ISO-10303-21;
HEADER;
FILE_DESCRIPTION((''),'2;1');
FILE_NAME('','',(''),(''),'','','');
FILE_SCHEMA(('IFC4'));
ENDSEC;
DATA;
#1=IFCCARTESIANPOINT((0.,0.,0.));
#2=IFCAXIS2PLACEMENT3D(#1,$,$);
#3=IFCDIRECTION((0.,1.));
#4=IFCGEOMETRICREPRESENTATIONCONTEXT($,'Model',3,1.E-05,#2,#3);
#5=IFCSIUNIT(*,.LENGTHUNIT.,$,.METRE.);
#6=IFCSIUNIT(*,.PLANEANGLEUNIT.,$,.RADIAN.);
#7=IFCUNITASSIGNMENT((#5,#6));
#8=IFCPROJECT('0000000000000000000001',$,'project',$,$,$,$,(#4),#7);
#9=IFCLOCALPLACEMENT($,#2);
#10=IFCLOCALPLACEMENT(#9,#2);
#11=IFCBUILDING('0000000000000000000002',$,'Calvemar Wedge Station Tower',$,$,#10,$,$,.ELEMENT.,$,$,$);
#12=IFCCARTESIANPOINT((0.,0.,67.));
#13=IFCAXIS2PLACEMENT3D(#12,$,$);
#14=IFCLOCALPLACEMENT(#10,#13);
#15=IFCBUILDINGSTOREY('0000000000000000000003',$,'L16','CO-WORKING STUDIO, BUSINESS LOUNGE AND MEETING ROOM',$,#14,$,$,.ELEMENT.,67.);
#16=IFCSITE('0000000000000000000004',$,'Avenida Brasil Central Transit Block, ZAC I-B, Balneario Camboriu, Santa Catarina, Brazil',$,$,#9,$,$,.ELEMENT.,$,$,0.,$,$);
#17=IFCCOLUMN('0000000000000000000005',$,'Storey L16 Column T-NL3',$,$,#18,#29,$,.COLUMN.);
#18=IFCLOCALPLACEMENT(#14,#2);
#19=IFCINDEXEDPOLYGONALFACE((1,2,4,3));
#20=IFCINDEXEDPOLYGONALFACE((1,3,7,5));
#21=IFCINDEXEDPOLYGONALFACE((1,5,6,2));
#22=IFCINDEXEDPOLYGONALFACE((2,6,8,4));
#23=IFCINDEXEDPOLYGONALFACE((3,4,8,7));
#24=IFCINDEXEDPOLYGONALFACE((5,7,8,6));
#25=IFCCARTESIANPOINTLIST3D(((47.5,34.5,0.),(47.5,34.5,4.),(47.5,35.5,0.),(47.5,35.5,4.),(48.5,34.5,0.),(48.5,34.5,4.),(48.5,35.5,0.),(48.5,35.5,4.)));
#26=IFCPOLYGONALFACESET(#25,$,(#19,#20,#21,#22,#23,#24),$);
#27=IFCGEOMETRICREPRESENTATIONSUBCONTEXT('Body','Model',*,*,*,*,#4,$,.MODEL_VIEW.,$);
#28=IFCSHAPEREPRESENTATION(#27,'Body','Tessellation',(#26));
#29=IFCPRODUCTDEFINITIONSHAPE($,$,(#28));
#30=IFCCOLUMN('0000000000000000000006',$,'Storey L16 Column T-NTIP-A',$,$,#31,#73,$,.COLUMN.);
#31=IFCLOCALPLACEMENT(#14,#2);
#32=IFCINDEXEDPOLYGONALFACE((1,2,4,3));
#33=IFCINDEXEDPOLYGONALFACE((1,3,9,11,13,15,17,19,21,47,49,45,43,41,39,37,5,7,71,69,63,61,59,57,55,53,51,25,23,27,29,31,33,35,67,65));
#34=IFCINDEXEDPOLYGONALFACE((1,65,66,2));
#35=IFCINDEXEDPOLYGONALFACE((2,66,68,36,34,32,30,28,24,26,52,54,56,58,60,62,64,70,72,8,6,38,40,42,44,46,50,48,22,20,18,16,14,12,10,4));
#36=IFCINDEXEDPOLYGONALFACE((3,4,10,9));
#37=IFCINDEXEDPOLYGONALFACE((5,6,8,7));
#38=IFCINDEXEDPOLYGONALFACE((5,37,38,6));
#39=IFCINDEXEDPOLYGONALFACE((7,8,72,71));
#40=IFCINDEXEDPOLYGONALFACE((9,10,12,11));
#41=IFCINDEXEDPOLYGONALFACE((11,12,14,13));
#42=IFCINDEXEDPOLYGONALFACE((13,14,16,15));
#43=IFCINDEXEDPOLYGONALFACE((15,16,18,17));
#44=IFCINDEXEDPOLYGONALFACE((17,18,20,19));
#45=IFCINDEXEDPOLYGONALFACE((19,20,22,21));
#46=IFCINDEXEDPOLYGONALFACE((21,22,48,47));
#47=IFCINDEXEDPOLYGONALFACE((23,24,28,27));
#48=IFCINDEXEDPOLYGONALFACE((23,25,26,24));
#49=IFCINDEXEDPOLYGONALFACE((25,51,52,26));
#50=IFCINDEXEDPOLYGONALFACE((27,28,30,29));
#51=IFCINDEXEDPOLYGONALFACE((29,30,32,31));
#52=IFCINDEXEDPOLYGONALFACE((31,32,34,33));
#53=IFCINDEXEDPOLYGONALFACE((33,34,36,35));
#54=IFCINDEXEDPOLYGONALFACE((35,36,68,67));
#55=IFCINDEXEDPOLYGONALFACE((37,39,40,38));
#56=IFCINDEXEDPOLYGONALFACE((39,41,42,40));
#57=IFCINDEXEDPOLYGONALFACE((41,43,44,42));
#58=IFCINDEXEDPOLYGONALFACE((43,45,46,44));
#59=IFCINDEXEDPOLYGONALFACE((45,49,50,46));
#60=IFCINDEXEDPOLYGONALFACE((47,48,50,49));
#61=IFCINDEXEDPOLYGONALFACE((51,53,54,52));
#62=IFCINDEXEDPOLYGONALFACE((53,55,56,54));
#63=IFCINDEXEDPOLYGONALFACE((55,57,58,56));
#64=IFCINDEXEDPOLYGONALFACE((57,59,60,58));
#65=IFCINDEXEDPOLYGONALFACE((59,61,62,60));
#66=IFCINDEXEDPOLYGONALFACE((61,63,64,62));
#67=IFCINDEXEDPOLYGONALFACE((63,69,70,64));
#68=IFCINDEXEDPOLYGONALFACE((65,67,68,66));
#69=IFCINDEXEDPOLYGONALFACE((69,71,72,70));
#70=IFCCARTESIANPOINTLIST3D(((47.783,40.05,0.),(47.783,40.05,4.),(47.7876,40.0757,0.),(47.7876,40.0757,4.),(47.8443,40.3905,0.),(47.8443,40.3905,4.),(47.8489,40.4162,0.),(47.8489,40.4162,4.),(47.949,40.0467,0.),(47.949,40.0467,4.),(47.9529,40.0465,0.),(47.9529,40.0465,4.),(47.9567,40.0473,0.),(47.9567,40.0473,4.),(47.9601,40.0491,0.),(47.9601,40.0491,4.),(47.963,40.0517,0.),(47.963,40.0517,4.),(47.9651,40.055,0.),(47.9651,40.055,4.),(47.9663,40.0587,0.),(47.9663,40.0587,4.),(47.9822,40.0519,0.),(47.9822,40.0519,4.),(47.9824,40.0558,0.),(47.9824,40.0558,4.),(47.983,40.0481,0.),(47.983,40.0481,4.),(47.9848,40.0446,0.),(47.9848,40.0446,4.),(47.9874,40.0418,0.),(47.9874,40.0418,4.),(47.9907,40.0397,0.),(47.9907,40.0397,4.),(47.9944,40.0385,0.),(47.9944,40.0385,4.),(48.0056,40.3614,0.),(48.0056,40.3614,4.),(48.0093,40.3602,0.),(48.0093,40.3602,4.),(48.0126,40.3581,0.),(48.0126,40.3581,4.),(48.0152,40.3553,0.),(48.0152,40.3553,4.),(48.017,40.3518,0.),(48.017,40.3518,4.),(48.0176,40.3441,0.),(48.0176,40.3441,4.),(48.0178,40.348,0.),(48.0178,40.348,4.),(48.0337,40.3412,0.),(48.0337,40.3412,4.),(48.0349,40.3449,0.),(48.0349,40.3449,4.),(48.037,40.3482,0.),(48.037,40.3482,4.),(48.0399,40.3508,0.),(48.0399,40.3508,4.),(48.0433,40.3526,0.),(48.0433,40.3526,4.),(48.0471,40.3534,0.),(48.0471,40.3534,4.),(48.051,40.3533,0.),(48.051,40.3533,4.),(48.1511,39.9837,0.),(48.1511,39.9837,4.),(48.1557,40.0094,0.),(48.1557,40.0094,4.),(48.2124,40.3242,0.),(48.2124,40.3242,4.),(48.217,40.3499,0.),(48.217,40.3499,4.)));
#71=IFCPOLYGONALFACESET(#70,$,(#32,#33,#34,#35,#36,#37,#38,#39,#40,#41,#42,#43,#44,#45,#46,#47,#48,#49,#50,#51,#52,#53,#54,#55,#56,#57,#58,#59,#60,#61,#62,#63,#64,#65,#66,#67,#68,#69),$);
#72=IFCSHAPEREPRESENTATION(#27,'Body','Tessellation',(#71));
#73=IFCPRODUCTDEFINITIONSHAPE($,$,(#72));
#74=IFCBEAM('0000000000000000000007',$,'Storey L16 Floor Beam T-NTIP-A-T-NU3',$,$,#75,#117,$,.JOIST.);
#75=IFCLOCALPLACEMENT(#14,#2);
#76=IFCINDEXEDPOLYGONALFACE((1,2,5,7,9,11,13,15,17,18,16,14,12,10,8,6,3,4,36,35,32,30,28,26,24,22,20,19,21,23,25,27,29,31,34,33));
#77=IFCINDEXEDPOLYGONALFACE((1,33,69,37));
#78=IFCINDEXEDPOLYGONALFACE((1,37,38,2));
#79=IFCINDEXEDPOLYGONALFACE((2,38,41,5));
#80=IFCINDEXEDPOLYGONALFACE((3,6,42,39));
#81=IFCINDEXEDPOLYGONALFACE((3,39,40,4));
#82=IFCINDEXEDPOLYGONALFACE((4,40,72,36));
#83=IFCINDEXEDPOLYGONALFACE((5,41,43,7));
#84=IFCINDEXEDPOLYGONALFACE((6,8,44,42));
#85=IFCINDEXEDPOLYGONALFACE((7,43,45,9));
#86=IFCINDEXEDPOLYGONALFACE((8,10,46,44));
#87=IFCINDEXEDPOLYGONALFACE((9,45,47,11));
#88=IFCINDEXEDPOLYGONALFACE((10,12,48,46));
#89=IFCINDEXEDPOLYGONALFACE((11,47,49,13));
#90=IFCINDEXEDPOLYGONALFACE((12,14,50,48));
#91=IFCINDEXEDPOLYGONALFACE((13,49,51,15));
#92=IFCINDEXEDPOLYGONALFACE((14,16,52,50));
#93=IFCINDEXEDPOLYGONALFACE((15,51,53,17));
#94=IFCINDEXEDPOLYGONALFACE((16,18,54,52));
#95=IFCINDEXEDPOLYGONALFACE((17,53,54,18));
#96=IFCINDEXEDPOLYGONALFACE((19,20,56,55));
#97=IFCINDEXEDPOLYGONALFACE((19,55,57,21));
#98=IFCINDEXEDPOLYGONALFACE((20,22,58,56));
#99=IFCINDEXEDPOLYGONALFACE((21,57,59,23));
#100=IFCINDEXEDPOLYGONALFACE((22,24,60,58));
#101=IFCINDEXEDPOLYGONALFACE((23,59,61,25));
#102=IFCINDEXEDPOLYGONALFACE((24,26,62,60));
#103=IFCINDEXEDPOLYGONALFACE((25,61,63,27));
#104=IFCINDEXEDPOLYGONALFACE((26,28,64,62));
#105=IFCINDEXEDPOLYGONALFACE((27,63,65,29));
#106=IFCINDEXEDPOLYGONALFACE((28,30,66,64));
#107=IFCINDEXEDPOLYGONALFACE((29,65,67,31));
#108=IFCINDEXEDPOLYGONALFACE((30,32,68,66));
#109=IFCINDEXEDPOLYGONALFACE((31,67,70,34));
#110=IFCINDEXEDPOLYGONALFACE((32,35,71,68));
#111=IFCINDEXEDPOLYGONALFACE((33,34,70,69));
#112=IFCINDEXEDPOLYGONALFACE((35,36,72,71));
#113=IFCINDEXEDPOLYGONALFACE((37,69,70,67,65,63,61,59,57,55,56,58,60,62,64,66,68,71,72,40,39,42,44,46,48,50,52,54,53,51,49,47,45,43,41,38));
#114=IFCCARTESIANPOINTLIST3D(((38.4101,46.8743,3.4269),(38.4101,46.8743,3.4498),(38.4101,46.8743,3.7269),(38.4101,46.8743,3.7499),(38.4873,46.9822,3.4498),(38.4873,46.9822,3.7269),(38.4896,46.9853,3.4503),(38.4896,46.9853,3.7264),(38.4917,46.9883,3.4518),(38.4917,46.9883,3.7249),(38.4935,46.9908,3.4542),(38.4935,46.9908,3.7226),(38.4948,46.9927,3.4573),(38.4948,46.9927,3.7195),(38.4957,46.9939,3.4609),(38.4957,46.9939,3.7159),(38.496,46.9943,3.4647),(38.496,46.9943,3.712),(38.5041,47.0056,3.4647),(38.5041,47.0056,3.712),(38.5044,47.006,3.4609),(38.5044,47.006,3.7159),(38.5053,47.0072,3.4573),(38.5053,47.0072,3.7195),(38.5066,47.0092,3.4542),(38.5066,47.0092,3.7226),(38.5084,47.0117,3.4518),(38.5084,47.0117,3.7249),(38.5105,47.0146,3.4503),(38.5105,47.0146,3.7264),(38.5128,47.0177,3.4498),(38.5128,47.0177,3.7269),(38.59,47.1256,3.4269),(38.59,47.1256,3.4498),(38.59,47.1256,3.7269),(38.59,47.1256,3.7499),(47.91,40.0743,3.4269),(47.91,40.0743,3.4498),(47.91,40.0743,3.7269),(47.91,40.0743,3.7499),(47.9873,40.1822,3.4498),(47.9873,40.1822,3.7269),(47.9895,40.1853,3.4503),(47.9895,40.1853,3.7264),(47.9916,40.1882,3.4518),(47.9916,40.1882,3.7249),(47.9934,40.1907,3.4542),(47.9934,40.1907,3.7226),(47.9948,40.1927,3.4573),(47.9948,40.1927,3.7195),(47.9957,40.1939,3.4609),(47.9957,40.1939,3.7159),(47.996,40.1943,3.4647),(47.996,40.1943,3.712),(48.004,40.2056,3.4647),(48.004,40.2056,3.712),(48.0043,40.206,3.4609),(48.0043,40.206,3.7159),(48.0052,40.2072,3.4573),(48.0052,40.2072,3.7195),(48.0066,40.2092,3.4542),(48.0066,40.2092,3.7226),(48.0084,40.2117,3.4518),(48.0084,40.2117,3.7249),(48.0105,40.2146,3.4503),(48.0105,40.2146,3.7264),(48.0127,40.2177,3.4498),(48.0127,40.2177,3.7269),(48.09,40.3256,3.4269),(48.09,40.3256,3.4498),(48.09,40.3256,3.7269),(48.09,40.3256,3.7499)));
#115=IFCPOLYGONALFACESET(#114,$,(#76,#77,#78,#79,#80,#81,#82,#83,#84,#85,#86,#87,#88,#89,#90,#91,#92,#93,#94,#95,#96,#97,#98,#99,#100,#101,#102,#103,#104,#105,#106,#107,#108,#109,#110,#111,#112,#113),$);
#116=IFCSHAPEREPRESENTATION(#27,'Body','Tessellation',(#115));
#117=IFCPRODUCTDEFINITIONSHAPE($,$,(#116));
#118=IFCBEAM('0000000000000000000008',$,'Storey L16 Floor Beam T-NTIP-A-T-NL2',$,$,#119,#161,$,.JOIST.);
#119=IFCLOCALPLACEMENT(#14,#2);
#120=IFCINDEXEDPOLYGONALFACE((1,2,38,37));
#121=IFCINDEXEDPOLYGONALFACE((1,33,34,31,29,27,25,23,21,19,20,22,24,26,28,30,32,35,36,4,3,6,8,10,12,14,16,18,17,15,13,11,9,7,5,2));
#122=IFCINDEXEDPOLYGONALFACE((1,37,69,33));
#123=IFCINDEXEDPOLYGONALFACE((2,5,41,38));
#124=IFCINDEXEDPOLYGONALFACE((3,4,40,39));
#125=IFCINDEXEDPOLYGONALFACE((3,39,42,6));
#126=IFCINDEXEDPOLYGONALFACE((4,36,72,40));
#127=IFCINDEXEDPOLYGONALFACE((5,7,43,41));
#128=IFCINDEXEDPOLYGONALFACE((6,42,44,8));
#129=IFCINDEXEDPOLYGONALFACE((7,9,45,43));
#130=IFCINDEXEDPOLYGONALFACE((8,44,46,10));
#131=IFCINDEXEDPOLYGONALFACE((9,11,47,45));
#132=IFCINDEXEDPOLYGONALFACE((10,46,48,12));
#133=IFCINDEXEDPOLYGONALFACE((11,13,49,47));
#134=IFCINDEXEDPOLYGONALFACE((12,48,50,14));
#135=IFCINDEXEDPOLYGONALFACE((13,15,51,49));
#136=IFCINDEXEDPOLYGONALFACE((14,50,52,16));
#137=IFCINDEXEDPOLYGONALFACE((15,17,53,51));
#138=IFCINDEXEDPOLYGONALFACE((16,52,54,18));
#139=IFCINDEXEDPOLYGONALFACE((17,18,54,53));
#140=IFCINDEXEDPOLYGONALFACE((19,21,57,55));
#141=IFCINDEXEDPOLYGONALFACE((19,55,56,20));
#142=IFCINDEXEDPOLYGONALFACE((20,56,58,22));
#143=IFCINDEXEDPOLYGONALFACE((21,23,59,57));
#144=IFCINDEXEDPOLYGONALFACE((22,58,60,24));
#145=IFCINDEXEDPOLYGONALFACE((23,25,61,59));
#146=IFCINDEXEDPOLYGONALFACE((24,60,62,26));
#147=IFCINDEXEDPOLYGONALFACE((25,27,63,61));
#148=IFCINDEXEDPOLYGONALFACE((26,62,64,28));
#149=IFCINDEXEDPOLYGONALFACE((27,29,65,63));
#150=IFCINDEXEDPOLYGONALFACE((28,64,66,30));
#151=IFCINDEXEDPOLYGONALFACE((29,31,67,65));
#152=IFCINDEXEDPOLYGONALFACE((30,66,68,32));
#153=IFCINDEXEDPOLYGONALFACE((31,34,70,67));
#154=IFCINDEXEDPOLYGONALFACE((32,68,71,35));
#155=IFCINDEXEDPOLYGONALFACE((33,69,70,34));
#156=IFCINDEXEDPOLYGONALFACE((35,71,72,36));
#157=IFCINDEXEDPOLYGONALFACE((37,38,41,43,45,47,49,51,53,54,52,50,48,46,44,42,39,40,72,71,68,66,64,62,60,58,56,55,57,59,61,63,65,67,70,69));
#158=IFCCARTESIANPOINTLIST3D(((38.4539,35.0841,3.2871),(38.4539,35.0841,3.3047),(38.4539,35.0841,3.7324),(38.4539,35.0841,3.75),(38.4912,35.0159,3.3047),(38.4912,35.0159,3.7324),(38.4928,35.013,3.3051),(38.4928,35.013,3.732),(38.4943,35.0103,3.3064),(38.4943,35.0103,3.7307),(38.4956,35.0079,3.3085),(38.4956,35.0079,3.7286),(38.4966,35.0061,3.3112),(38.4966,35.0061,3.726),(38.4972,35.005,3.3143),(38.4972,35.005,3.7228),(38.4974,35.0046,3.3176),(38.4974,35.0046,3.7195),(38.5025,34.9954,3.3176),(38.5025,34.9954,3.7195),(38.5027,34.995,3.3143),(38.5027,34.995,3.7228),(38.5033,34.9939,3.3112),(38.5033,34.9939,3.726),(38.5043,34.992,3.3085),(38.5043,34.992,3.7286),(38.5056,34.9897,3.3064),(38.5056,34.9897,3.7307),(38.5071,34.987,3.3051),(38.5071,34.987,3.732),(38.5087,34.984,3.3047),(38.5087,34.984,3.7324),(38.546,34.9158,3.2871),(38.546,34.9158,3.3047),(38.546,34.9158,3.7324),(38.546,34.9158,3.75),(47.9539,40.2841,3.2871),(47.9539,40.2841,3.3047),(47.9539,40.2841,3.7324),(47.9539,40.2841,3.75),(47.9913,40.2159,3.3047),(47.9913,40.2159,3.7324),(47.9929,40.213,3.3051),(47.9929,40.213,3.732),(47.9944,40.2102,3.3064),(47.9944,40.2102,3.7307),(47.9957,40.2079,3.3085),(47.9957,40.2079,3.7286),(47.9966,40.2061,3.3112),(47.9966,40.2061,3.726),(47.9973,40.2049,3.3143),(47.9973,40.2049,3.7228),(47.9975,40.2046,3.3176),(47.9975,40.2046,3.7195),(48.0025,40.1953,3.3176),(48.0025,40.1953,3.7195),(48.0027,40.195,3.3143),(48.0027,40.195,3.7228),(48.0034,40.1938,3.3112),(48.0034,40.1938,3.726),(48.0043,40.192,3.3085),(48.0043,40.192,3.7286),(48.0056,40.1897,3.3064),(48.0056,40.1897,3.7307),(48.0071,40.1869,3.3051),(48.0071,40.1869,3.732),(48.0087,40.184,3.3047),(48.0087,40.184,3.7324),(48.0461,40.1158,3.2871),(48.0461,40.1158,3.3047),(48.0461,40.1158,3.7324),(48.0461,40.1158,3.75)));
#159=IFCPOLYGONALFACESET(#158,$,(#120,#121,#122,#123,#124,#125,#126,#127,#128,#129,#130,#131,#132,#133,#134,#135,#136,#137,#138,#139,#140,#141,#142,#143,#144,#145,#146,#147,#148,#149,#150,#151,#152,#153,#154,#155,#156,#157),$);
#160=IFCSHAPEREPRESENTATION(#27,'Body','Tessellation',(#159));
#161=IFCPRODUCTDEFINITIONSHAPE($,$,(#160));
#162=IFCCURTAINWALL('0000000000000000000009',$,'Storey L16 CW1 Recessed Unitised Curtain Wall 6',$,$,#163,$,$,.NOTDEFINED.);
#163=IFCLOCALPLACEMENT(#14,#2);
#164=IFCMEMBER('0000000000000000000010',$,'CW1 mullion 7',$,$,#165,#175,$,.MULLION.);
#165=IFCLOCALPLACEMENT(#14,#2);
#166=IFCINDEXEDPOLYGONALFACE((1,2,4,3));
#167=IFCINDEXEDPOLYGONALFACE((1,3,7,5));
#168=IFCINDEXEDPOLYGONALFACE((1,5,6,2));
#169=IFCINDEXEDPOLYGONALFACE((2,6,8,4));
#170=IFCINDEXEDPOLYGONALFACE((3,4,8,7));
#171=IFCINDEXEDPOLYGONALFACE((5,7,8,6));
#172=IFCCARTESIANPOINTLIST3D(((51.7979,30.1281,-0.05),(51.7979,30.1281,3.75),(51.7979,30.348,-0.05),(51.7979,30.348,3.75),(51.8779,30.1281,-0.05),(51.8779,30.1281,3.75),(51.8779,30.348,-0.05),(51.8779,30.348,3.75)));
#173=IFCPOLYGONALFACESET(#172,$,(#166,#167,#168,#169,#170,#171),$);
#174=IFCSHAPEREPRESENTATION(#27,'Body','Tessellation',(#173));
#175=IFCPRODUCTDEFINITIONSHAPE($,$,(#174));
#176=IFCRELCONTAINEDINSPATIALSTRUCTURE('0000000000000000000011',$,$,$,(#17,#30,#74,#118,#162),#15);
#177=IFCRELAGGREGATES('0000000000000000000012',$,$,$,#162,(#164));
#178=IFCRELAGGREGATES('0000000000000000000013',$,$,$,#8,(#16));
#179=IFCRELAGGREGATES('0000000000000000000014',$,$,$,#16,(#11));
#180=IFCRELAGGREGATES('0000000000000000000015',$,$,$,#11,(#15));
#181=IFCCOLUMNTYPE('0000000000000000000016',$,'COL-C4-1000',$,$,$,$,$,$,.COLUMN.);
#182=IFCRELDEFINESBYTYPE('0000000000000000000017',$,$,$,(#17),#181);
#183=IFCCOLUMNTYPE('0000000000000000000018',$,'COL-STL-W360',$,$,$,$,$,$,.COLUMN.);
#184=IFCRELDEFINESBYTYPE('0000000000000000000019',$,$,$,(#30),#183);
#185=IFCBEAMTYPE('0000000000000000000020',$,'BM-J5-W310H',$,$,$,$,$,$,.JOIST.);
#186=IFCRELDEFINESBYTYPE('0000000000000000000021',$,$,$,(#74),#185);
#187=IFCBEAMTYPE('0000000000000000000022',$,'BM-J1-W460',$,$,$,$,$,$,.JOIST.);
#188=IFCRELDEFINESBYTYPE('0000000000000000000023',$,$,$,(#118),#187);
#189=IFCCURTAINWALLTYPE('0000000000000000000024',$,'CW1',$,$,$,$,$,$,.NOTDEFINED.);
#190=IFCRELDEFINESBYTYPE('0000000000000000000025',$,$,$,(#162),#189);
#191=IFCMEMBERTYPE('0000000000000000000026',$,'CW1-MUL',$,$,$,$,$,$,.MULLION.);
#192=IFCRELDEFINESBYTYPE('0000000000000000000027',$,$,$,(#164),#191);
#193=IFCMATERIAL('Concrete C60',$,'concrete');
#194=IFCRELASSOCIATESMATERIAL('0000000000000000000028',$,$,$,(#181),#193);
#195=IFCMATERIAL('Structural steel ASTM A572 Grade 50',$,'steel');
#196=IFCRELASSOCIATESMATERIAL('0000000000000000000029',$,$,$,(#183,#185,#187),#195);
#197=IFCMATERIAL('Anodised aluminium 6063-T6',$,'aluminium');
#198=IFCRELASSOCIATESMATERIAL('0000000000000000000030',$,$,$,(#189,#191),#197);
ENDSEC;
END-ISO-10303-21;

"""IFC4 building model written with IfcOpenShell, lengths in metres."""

from ifc_helpers import new_model, si_unit, direction, frame, origin, origin_2d, place, context, subcontext, project, spatial, rectangle, i_section, extrude, source, transform, mapped, material, material_profile, profile_set, type_object, element, aggregate, save


model = new_model("IFC4")

# Units and contexts
model_context = context("Model", 3, precision=1e-05, world=origin(), true_north=direction((0.0, 1.0)))
body_context = subcontext(model_context, "Body", "Model", "MODEL_VIEW")
ifc_project = project(units=[si_unit("LENGTHUNIT", "METRE"), si_unit("PLANEANGLEUNIT", "RADIAN")], contexts=[model_context])

# Site, building, storey
site_placement = place(None, origin())
site = spatial("IfcSite", under=ifc_project, at=site_placement, Name="Avenida Brasil Central Transit Block, ZAC I-B, Balneario Camboriu, Santa Catarina, Brazil", CompositionType="ELEMENT", RefElevation=0.0)
building_placement = place(site_placement, origin())
building = spatial("IfcBuilding", under=site, at=building_placement, Name="Calvemar Wedge Station Tower", CompositionType="ELEMENT")
storey_placement = place(building_placement, frame((0.0, 0.0, 67.0)))
storey = spatial("IfcBuildingStorey", under=building, at=storey_placement, Name="L16", Description="CO-WORKING STUDIO, BUSINESS LOUNGE AND MEETING ROOM", CompositionType="ELEMENT", Elevation=67.0)

# Columns
ifc_material_1 = material(Name="Concrete C60", Category="concrete")
ifc_material_profile_1 = material_profile(ifc_material_1, rectangle(XDim=1.0, YDim=1.0, at=origin_2d()), Name="RC1000x1000")
ifc_profile_set_1 = profile_set([ifc_material_profile_1], Name="Concrete C60")
column_type_1 = type_object("IfcColumnType", Name="COL-C4-1000", PredefinedType="COLUMN", material=ifc_profile_set_1)
shared_shape_1 = source(origin(), body_context, "Body", "SweptSolid", [
    extrude(rectangle(XDim=1.0, YDim=1.0, at=origin_2d()), origin(), (0.0, 0.0, 1.0), 4.0),
])
column_1_placement = place(storey_placement, frame((48.0, 35.0, 0.0), z_axis=(0.0, 0.0, 1.0), x_axis=(1.0, 0.0, 0.0)))
element("IfcColumn", 1, at=column_1_placement, inside=storey, type_object=column_type_1, Name="Storey L16 Column T-NL3", PredefinedType="COLUMN", context=body_context, shape_type="MappedRepresentation", body=[
    mapped(shared_shape_1, transform((0.0, 0.0, 0.0), scale=1.0)),
])
ifc_material_2 = material(Name="Structural steel ASTM A572 Grade 50", Category="steel")
ifc_material_profile_2 = material_profile(ifc_material_2, i_section(OverallWidth=0.374, OverallDepth=0.3721, WebThickness=0.0164, FlangeThickness=0.0261, FilletRadius=0.0149, at=origin_2d()), Name="W360x196")
ifc_profile_set_2 = profile_set([ifc_material_profile_2], Name="Structural steel ASTM A572 Grade 50")
column_type_2 = type_object("IfcColumnType", Name="COL-STL-W360", PredefinedType="COLUMN", material=ifc_profile_set_2)
shared_shape_2 = source(origin(), body_context, "Body", "SweptSolid", [
    extrude(i_section(OverallWidth=0.374, OverallDepth=0.3721, WebThickness=0.0164, FlangeThickness=0.0261, FilletRadius=0.0149, at=origin_2d()), origin(), (0.0, 0.0, 1.0), 4.0),
])
column_2_placement = place(storey_placement, frame((48.0, 40.2, 0.0), z_axis=(0.0, 0.0, 1.0), x_axis=(0.984196, -0.177085, 0.0)))
element("IfcColumn", 2, at=column_2_placement, inside=storey, type_object=column_type_2, Name="Storey L16 Column T-NTIP-A", PredefinedType="COLUMN", context=body_context, shape_type="MappedRepresentation", body=[
    mapped(shared_shape_2, transform((0.0, 0.0, 0.0), scale=1.0)),
])

# Beams
ifc_material_profile_3 = material_profile(ifc_material_2, i_section(OverallWidth=0.3091, OverallDepth=0.323, WebThickness=0.0139, FlangeThickness=0.0229, FilletRadius=0.0149, at=origin_2d()), Name="W310x143")
ifc_profile_set_3 = profile_set([ifc_material_profile_3], Name="Structural steel ASTM A572 Grade 50")
beam_type_1 = type_object("IfcBeamType", Name="BM-J5-W310H", PredefinedType="JOIST", material=ifc_profile_set_3)
shared_shape_3 = source(origin(), body_context, "Body", "SweptSolid", [
    extrude(i_section(OverallWidth=0.3091, OverallDepth=0.323, WebThickness=0.0139, FlangeThickness=0.0229, FilletRadius=0.0149, at=origin_2d()), origin(), (0.0, 0.0, 1.0), 11.6829),
])
beam_1_placement = place(storey_placement, frame((48.0, 40.2, 3.5884), z_axis=(-0.813153, 0.58205, 0.0), x_axis=(-0.58205, -0.813153, 0.0)))
element("IfcBeam", 3, at=beam_1_placement, inside=storey, type_object=beam_type_1, Name="Storey L16 Floor Beam T-NTIP-A-T-NU3", PredefinedType="JOIST", context=body_context, shape_type="MappedRepresentation", body=[
    mapped(shared_shape_3, transform((0.0, 0.0, 0.0), scale=1.0)),
])
ifc_material_profile_4 = material_profile(ifc_material_2, i_section(OverallWidth=0.1919, OverallDepth=0.4629, WebThickness=0.0105, FlangeThickness=0.0176, FilletRadius=0.0129, at=origin_2d()), Name="W460x89")
ifc_profile_set_4 = profile_set([ifc_material_profile_4], Name="Structural steel ASTM A572 Grade 50")
beam_type_2 = type_object("IfcBeamType", Name="BM-J1-W460", PredefinedType="JOIST", material=ifc_profile_set_4)
shared_shape_4 = source(origin(), body_context, "Body", "SweptSolid", [
    extrude(i_section(OverallWidth=0.1919, OverallDepth=0.4629, WebThickness=0.0105, FlangeThickness=0.0176, FilletRadius=0.0129, at=origin_2d()), origin(), (0.0, 0.0, 1.0), 10.8301),
])
beam_2_placement = place(storey_placement, frame((48.0, 40.2, 3.5186), z_axis=(-0.877191, -0.480142, 0.0), x_axis=(0.480142, -0.877191, 0.0)))
element("IfcBeam", 4, at=beam_2_placement, inside=storey, type_object=beam_type_2, Name="Storey L16 Floor Beam T-NTIP-A-T-NL2", PredefinedType="JOIST", context=body_context, shape_type="MappedRepresentation", body=[
    mapped(shared_shape_4, transform((0.0, 0.0, 0.0), scale=1.0)),
])

# Curtain wall, member
ifc_material_3 = material(Name="Anodised aluminium 6063-T6", Category="aluminium")
curtain_wall_type = type_object("IfcCurtainWallType", Name="CW1", PredefinedType="NOTDEFINED", material=ifc_material_3)
curtain_wall_placement = place(storey_placement, origin())
curtain_wall = element("IfcCurtainWall", 5, at=curtain_wall_placement, inside=storey, type_object=curtain_wall_type, Name="Storey L16 CW1 Recessed Unitised Curtain Wall 6", PredefinedType="NOTDEFINED")
ifc_material_profile_5 = material_profile(ifc_material_3, rectangle(XDim=0.0801, YDim=0.22, at=origin_2d()), Name="AL-MUL-80x220")
ifc_profile_set_5 = profile_set([ifc_material_profile_5], Name="Anodised aluminium 6063-T6")
member_type = type_object("IfcMemberType", Name="CW1-MUL", PredefinedType="MULLION", material=ifc_profile_set_5)
shared_shape_5 = source(origin(), body_context, "Body", "SweptSolid", [
    extrude(rectangle(XDim=0.0801, YDim=0.22, at=origin_2d()), origin(), (0.0, 0.0, 1.0), 3.8),
])
member_placement = place(storey_placement, frame((51.8379, 30.238, -0.05), z_axis=(0.0, 0.0, 1.0), x_axis=(1.0, 0.0, 0.0)))
member = element("IfcMember", 6, at=member_placement, type_object=member_type, Name="CW1 mullion 7", PredefinedType="MULLION", context=body_context, shape_type="MappedRepresentation", body=[
    mapped(shared_shape_5, transform((0.0, 0.0, 0.0), scale=1.0)),
])
aggregate(curtain_wall, [member])

save(model, "model.ifc")
